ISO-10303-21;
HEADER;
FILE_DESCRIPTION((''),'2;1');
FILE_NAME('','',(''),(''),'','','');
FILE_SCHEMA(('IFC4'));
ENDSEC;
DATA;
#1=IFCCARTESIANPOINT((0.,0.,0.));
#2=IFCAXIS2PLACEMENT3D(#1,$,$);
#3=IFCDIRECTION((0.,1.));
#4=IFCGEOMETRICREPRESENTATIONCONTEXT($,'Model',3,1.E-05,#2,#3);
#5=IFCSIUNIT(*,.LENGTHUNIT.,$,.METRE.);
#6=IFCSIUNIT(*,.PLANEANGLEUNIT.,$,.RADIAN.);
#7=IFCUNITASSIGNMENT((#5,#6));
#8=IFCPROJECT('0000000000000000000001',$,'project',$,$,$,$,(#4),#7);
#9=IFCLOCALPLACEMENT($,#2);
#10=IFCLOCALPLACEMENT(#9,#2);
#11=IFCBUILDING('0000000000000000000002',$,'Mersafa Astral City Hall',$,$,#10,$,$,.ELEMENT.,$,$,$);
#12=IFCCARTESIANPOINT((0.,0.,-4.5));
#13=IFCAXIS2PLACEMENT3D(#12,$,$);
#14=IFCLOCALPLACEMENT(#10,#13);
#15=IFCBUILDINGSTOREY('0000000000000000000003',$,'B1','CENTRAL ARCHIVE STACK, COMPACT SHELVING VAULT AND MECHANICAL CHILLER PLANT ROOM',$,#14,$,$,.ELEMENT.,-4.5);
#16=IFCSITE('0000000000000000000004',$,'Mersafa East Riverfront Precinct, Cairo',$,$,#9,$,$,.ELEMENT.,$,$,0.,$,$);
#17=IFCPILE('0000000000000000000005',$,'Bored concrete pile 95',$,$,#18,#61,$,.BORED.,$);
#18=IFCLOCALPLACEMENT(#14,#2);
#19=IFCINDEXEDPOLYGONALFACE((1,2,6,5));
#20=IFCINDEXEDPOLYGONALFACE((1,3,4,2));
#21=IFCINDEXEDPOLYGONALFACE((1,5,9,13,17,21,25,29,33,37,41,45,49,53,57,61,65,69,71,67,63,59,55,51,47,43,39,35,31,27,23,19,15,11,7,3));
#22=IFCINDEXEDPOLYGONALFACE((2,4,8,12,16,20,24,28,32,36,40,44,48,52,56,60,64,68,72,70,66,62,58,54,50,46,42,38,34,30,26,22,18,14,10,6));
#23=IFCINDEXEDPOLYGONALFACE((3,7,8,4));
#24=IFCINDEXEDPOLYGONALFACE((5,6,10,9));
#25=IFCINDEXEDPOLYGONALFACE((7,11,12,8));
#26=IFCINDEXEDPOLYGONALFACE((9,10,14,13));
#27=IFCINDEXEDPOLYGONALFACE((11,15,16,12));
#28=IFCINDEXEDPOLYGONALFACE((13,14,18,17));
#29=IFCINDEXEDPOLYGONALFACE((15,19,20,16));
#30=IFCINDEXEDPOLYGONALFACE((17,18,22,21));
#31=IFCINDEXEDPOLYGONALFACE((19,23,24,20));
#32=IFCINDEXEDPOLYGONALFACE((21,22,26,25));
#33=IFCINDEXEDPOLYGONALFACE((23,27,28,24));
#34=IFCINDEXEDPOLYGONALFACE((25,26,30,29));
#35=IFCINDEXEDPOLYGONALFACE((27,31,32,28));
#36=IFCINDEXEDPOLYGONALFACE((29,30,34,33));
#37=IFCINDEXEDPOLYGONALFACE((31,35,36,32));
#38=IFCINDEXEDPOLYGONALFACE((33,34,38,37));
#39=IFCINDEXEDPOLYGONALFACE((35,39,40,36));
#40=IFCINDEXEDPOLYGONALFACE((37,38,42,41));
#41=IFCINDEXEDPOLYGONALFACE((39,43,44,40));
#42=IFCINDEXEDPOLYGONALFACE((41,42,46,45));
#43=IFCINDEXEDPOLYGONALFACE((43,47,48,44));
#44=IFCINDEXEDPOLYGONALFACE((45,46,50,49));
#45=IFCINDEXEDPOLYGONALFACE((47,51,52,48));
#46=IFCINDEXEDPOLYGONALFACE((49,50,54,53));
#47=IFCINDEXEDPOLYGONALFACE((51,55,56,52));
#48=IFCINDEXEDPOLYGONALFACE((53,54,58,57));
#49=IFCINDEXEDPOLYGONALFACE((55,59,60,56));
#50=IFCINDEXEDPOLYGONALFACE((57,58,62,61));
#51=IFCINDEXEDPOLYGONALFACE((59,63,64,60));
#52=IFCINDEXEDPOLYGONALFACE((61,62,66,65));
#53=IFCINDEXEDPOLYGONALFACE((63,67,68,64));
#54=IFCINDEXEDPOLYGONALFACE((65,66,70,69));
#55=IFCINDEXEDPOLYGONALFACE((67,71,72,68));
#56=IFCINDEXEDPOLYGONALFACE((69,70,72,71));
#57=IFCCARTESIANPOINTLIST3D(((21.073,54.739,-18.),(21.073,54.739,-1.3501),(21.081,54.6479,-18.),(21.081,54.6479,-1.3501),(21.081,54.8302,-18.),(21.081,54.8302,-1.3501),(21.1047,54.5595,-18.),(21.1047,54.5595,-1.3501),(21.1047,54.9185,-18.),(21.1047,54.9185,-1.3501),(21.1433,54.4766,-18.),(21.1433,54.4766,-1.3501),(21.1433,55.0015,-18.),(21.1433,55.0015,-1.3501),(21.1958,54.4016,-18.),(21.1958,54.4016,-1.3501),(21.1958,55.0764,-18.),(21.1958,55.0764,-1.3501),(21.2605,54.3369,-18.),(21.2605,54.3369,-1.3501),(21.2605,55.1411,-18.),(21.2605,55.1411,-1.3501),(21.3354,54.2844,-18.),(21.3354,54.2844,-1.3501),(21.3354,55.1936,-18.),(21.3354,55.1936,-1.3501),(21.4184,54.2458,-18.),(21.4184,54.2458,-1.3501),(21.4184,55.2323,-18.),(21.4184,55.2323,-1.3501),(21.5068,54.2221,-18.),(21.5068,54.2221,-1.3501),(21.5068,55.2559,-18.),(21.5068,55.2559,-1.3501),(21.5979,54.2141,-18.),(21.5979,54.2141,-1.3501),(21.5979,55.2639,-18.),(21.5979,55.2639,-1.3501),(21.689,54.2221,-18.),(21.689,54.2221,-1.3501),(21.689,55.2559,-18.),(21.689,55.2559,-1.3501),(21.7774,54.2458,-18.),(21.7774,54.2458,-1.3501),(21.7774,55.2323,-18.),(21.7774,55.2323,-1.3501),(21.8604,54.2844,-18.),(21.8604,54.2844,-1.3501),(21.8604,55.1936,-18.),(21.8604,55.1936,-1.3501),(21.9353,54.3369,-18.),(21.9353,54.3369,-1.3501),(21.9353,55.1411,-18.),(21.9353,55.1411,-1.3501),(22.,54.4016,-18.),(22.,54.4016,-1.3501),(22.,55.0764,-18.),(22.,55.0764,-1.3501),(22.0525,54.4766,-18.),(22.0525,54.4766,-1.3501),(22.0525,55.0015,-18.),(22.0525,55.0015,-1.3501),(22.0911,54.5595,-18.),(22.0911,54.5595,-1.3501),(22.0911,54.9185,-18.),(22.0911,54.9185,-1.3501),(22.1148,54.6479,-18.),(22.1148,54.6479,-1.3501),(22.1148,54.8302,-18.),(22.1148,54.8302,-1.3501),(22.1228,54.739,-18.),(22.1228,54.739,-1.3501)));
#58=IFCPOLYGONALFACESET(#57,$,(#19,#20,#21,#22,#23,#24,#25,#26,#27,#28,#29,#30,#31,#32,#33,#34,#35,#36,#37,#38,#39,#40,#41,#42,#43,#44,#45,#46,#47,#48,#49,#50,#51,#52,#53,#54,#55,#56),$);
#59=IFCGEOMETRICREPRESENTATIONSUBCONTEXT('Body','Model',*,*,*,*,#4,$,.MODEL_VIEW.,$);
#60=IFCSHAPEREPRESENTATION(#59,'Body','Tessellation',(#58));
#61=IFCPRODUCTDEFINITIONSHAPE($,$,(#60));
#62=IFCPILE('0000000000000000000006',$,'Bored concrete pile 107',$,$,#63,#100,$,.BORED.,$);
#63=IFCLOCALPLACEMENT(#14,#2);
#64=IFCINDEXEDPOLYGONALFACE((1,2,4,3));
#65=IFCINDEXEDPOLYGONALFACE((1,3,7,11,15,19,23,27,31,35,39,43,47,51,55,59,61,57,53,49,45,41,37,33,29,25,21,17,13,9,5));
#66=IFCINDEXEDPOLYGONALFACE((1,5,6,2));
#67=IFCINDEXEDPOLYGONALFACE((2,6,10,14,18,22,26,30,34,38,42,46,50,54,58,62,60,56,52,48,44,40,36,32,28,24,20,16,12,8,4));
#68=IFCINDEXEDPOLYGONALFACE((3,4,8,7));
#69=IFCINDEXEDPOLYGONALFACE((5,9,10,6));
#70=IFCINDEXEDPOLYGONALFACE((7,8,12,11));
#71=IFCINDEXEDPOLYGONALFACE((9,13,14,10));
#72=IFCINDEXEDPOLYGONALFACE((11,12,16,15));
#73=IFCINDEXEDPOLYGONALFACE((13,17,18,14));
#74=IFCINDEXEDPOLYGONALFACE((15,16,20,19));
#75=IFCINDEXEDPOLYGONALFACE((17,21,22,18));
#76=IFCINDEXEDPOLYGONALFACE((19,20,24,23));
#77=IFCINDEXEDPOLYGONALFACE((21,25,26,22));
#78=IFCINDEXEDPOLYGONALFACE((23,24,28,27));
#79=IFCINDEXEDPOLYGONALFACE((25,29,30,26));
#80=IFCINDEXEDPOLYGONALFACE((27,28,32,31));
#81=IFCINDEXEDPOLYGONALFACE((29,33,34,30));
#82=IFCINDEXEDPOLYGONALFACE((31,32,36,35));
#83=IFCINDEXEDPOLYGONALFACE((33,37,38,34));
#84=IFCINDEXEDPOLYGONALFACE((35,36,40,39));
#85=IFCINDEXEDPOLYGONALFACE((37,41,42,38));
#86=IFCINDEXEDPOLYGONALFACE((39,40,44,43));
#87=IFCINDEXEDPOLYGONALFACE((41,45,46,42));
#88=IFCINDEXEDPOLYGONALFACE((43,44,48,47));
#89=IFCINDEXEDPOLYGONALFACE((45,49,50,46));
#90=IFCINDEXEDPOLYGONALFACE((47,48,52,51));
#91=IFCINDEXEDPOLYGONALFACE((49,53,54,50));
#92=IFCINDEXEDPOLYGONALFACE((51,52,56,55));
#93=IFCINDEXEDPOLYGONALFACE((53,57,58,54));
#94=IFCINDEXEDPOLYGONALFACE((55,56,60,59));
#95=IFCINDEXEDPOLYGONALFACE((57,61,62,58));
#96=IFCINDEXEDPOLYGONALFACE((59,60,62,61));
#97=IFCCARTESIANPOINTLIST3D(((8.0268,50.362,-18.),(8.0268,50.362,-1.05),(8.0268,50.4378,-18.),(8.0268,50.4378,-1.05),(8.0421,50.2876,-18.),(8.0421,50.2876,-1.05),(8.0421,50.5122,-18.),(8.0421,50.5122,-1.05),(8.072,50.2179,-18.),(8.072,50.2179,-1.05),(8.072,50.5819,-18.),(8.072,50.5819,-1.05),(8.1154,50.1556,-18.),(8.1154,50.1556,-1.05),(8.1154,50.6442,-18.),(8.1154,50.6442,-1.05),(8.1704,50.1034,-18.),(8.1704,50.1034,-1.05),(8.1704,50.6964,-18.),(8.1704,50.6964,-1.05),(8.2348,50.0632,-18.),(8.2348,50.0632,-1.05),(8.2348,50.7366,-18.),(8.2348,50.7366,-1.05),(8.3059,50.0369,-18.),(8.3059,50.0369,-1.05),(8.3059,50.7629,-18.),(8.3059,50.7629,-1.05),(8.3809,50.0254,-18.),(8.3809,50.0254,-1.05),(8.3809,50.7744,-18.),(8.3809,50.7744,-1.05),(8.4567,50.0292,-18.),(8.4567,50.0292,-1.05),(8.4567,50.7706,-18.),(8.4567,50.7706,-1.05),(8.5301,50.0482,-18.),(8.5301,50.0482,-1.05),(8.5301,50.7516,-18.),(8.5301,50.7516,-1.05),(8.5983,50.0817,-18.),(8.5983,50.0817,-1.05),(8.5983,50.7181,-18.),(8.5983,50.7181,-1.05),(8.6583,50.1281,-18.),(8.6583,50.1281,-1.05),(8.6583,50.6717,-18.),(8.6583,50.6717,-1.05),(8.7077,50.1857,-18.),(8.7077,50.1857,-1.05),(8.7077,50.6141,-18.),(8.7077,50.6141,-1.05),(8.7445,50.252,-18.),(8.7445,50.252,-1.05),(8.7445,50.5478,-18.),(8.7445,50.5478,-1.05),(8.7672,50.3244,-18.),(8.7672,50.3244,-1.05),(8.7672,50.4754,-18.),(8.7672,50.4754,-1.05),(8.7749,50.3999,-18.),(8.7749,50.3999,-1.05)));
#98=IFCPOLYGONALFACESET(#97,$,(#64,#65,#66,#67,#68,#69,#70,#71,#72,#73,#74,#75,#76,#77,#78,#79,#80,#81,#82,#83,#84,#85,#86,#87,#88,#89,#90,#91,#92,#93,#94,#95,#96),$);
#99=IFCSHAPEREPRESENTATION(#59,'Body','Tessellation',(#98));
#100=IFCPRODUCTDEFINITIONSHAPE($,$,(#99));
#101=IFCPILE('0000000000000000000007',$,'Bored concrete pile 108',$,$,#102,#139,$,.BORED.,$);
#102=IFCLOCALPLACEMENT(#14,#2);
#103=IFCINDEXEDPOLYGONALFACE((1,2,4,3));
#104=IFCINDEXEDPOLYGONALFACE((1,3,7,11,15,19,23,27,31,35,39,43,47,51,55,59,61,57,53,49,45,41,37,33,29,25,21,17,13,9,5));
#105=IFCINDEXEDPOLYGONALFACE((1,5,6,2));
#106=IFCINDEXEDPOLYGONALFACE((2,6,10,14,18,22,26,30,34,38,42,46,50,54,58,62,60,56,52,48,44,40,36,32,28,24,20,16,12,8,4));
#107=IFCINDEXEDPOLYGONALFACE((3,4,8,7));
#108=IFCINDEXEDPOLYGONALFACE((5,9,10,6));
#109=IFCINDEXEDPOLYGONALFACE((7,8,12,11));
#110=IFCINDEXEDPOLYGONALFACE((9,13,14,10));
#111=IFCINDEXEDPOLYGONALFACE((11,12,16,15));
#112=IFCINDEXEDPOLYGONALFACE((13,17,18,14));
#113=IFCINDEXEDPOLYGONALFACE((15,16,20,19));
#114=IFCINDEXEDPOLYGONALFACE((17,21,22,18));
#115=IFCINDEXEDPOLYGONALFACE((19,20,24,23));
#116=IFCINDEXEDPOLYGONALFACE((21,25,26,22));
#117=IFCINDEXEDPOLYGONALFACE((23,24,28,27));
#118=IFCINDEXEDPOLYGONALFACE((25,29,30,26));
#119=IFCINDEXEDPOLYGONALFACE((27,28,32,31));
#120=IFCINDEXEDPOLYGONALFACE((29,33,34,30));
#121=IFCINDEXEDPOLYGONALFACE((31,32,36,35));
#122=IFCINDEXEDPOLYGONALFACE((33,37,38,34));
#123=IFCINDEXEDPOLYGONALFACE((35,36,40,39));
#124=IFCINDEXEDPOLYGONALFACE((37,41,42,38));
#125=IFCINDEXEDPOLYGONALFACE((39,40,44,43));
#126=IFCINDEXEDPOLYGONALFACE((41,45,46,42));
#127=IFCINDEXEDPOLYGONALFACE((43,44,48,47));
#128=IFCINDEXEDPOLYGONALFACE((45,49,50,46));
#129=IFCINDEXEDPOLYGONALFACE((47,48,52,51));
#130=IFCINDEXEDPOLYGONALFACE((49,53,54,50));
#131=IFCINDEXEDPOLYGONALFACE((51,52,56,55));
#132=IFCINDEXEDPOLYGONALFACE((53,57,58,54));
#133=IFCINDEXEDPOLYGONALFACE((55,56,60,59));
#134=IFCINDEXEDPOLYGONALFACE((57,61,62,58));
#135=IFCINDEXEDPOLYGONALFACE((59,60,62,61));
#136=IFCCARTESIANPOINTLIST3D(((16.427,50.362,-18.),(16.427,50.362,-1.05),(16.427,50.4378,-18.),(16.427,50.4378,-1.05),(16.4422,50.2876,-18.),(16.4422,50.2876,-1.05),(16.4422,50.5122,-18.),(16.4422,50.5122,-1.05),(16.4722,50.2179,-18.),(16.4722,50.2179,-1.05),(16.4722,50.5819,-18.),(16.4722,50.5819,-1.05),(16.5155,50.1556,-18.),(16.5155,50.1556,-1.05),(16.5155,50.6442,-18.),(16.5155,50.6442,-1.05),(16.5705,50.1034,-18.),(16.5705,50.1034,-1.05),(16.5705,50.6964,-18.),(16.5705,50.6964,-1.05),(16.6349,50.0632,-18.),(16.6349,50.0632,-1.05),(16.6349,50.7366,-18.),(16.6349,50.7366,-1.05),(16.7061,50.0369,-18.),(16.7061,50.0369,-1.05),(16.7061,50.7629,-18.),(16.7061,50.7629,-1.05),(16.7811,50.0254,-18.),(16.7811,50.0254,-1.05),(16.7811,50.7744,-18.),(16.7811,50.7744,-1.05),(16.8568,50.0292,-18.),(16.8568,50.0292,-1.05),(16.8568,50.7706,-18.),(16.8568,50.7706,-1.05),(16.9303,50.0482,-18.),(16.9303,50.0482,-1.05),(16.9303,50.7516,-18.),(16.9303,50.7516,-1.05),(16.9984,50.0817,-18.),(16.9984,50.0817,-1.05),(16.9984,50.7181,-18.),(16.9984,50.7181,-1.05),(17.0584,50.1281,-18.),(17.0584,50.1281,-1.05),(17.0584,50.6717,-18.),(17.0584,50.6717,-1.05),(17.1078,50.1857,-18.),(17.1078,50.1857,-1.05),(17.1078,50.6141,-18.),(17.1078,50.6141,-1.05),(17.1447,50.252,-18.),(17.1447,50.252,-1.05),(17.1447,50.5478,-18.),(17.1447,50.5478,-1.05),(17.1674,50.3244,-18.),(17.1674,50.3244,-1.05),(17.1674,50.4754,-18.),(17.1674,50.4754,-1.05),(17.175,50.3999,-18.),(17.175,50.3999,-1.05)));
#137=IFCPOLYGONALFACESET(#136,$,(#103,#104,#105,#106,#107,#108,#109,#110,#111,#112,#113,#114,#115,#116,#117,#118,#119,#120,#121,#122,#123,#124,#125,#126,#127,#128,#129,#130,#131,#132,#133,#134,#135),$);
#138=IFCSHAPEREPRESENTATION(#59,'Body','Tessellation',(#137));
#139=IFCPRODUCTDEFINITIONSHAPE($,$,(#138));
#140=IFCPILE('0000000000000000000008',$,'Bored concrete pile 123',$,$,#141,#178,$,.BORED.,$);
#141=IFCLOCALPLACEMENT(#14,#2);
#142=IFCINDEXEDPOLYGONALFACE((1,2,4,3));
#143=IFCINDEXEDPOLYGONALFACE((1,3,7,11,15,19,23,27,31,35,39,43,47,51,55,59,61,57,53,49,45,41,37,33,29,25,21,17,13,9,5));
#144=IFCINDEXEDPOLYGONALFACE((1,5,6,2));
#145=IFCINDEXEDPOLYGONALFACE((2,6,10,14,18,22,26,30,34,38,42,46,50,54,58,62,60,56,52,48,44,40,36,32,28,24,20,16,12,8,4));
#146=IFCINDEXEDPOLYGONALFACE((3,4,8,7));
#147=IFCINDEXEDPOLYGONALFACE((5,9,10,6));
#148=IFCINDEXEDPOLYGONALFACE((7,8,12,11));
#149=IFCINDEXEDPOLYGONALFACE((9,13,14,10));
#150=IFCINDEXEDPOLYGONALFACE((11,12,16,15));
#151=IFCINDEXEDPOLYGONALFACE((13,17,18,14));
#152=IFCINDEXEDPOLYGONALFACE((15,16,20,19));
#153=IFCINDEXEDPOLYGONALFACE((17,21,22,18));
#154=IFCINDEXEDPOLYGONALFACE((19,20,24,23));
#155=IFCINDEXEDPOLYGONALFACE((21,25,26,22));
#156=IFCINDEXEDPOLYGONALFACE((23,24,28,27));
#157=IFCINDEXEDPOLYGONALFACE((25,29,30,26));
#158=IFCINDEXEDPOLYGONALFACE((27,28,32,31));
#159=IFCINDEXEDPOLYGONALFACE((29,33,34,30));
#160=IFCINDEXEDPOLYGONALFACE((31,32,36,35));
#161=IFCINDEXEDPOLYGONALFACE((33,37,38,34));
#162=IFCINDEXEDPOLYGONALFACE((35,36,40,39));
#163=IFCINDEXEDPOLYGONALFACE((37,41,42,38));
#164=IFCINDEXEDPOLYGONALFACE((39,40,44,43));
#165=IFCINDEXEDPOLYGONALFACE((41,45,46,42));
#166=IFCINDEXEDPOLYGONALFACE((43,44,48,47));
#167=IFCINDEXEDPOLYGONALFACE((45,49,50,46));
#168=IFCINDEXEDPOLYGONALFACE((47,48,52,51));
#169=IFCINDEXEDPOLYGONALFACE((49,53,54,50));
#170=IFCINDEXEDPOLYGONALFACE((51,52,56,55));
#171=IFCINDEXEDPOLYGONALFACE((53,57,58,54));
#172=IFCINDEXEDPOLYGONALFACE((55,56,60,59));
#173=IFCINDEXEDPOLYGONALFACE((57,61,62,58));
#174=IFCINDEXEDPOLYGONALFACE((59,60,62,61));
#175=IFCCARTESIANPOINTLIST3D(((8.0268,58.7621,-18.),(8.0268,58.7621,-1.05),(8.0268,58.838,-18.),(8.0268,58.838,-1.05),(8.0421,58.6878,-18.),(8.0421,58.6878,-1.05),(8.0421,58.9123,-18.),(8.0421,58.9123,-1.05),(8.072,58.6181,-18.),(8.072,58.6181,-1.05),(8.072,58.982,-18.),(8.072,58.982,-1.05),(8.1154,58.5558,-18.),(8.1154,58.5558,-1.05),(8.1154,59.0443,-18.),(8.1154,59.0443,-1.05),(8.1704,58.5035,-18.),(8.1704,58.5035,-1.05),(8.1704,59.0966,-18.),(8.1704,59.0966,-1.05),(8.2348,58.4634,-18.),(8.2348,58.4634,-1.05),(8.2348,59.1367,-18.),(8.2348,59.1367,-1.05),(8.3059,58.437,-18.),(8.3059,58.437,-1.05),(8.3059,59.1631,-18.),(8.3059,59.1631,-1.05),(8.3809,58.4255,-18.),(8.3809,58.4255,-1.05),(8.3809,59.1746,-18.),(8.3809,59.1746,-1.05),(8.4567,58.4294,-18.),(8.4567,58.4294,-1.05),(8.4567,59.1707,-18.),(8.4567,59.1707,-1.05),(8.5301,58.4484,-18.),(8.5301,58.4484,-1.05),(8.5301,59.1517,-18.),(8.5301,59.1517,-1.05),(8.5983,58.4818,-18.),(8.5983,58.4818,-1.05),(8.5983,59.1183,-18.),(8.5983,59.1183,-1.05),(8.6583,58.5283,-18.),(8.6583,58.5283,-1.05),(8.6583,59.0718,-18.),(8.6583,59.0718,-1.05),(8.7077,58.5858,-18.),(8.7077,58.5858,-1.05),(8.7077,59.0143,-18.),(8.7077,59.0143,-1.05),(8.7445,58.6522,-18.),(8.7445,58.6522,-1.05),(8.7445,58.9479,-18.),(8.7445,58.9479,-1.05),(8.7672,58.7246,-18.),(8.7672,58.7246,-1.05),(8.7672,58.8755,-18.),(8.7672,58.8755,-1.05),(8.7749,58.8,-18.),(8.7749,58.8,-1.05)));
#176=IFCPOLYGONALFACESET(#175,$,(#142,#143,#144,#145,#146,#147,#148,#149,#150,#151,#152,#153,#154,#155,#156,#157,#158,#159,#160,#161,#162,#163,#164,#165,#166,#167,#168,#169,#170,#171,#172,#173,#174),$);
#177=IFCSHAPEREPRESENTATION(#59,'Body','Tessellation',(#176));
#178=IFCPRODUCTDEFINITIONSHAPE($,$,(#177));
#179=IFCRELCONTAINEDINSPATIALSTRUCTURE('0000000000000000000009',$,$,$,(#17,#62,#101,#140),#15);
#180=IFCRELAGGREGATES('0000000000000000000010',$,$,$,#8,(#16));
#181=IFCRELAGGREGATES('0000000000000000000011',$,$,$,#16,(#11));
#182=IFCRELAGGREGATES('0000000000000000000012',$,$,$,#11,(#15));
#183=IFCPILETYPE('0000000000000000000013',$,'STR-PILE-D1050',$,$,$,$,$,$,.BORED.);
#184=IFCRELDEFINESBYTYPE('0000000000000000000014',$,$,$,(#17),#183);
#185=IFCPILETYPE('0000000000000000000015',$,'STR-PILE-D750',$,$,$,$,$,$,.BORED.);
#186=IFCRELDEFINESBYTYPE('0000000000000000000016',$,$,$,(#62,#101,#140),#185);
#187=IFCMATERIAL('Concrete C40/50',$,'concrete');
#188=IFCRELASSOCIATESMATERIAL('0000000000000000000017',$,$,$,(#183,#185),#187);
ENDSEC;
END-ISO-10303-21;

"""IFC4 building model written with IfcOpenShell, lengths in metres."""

from ifc_helpers import new_model, si_unit, direction, frame, origin, origin_2d, place, context, subcontext, project, spatial, circle, extrude, material, material_profile, profile_set, type_object, element, save


model = new_model("IFC4")

# Units and contexts
model_context = context("Model", 3, precision=1e-05, world=origin(), true_north=direction((0.0, 1.0)))
body_context = subcontext(model_context, "Body", "Model", "MODEL_VIEW")
ifc_project = project(units=[si_unit("LENGTHUNIT", "METRE"), si_unit("PLANEANGLEUNIT", "RADIAN")], contexts=[model_context])

# Site, building, storey
site_placement = place(None, origin())
site = spatial("IfcSite", under=ifc_project, at=site_placement, Name="Mersafa East Riverfront Precinct, Cairo", CompositionType="ELEMENT", RefElevation=0.0)
building_placement = place(site_placement, origin())
building = spatial("IfcBuilding", under=site, at=building_placement, Name="Mersafa Astral City Hall", CompositionType="ELEMENT")
storey_placement = place(building_placement, frame((0.0, 0.0, -4.5)))
storey = spatial("IfcBuildingStorey", under=building, at=storey_placement, Name="B1", Description="CENTRAL ARCHIVE STACK, COMPACT SHELVING VAULT AND MECHANICAL CHILLER PLANT ROOM", CompositionType="ELEMENT", Elevation=-4.5)

# Shared definitions
ifc_material = material(Name="Concrete C40/50", Category="concrete")

# Piles
ifc_material_profile_1 = material_profile(ifc_material, circle(Radius=0.5249, at=origin_2d()), Name="PILE D1050")
ifc_profile_set_1 = profile_set([ifc_material_profile_1], Name="Concrete C40/50")
pile_type_1 = type_object("IfcPileType", Name="STR-PILE-D1050", PredefinedType="BORED", material=ifc_profile_set_1)
for number, where, z_axis, x_axis, name in (
    (1, (21.5979, 54.739, -1.3501), (0.0, 0.0, -1.0), (1.0, 0.0, 0.0), "Bored concrete pile 95"),
):
    element("IfcPile", number, at=place(storey_placement, frame(where, z_axis=z_axis, x_axis=x_axis)), inside=storey, type_object=pile_type_1, Name=name, PredefinedType="BORED", context=body_context, shape_type="SweptSolid", body=[
        extrude(circle(Radius=0.5249, at=origin_2d()), origin(), (0.0, 0.0, 1.0), 16.6499),
    ])
ifc_material_profile_2 = material_profile(ifc_material, circle(Radius=0.375, at=origin_2d()), Name="PILE D750")
ifc_profile_set_2 = profile_set([ifc_material_profile_2], Name="Concrete C40/50")
pile_type_2 = type_object("IfcPileType", Name="STR-PILE-D750", PredefinedType="BORED", material=ifc_profile_set_2)
for number, where, z_axis, x_axis, name in (
    (2, (8.3999, 50.3999, -1.05), (0.0, 0.0, -1.0), (1.0, 0.0, 0.0), "Bored concrete pile 107"),
    (3, (16.8, 50.3999, -1.05), (0.0, 0.0, -1.0), (1.0, 0.0, 0.0), "Bored concrete pile 108"),
    (4, (8.3999, 58.8, -1.05), (0.0, 0.0, -1.0), (1.0, 0.0, 0.0), "Bored concrete pile 123"),
):
    element("IfcPile", number, at=place(storey_placement, frame(where, z_axis=z_axis, x_axis=x_axis)), inside=storey, type_object=pile_type_2, Name=name, PredefinedType="BORED", context=body_context, shape_type="SweptSolid", body=[
        extrude(circle(Radius=0.375, at=origin_2d()), origin(), (0.0, 0.0, 1.0), 16.95),
    ])

save(model, "model.ifc")
